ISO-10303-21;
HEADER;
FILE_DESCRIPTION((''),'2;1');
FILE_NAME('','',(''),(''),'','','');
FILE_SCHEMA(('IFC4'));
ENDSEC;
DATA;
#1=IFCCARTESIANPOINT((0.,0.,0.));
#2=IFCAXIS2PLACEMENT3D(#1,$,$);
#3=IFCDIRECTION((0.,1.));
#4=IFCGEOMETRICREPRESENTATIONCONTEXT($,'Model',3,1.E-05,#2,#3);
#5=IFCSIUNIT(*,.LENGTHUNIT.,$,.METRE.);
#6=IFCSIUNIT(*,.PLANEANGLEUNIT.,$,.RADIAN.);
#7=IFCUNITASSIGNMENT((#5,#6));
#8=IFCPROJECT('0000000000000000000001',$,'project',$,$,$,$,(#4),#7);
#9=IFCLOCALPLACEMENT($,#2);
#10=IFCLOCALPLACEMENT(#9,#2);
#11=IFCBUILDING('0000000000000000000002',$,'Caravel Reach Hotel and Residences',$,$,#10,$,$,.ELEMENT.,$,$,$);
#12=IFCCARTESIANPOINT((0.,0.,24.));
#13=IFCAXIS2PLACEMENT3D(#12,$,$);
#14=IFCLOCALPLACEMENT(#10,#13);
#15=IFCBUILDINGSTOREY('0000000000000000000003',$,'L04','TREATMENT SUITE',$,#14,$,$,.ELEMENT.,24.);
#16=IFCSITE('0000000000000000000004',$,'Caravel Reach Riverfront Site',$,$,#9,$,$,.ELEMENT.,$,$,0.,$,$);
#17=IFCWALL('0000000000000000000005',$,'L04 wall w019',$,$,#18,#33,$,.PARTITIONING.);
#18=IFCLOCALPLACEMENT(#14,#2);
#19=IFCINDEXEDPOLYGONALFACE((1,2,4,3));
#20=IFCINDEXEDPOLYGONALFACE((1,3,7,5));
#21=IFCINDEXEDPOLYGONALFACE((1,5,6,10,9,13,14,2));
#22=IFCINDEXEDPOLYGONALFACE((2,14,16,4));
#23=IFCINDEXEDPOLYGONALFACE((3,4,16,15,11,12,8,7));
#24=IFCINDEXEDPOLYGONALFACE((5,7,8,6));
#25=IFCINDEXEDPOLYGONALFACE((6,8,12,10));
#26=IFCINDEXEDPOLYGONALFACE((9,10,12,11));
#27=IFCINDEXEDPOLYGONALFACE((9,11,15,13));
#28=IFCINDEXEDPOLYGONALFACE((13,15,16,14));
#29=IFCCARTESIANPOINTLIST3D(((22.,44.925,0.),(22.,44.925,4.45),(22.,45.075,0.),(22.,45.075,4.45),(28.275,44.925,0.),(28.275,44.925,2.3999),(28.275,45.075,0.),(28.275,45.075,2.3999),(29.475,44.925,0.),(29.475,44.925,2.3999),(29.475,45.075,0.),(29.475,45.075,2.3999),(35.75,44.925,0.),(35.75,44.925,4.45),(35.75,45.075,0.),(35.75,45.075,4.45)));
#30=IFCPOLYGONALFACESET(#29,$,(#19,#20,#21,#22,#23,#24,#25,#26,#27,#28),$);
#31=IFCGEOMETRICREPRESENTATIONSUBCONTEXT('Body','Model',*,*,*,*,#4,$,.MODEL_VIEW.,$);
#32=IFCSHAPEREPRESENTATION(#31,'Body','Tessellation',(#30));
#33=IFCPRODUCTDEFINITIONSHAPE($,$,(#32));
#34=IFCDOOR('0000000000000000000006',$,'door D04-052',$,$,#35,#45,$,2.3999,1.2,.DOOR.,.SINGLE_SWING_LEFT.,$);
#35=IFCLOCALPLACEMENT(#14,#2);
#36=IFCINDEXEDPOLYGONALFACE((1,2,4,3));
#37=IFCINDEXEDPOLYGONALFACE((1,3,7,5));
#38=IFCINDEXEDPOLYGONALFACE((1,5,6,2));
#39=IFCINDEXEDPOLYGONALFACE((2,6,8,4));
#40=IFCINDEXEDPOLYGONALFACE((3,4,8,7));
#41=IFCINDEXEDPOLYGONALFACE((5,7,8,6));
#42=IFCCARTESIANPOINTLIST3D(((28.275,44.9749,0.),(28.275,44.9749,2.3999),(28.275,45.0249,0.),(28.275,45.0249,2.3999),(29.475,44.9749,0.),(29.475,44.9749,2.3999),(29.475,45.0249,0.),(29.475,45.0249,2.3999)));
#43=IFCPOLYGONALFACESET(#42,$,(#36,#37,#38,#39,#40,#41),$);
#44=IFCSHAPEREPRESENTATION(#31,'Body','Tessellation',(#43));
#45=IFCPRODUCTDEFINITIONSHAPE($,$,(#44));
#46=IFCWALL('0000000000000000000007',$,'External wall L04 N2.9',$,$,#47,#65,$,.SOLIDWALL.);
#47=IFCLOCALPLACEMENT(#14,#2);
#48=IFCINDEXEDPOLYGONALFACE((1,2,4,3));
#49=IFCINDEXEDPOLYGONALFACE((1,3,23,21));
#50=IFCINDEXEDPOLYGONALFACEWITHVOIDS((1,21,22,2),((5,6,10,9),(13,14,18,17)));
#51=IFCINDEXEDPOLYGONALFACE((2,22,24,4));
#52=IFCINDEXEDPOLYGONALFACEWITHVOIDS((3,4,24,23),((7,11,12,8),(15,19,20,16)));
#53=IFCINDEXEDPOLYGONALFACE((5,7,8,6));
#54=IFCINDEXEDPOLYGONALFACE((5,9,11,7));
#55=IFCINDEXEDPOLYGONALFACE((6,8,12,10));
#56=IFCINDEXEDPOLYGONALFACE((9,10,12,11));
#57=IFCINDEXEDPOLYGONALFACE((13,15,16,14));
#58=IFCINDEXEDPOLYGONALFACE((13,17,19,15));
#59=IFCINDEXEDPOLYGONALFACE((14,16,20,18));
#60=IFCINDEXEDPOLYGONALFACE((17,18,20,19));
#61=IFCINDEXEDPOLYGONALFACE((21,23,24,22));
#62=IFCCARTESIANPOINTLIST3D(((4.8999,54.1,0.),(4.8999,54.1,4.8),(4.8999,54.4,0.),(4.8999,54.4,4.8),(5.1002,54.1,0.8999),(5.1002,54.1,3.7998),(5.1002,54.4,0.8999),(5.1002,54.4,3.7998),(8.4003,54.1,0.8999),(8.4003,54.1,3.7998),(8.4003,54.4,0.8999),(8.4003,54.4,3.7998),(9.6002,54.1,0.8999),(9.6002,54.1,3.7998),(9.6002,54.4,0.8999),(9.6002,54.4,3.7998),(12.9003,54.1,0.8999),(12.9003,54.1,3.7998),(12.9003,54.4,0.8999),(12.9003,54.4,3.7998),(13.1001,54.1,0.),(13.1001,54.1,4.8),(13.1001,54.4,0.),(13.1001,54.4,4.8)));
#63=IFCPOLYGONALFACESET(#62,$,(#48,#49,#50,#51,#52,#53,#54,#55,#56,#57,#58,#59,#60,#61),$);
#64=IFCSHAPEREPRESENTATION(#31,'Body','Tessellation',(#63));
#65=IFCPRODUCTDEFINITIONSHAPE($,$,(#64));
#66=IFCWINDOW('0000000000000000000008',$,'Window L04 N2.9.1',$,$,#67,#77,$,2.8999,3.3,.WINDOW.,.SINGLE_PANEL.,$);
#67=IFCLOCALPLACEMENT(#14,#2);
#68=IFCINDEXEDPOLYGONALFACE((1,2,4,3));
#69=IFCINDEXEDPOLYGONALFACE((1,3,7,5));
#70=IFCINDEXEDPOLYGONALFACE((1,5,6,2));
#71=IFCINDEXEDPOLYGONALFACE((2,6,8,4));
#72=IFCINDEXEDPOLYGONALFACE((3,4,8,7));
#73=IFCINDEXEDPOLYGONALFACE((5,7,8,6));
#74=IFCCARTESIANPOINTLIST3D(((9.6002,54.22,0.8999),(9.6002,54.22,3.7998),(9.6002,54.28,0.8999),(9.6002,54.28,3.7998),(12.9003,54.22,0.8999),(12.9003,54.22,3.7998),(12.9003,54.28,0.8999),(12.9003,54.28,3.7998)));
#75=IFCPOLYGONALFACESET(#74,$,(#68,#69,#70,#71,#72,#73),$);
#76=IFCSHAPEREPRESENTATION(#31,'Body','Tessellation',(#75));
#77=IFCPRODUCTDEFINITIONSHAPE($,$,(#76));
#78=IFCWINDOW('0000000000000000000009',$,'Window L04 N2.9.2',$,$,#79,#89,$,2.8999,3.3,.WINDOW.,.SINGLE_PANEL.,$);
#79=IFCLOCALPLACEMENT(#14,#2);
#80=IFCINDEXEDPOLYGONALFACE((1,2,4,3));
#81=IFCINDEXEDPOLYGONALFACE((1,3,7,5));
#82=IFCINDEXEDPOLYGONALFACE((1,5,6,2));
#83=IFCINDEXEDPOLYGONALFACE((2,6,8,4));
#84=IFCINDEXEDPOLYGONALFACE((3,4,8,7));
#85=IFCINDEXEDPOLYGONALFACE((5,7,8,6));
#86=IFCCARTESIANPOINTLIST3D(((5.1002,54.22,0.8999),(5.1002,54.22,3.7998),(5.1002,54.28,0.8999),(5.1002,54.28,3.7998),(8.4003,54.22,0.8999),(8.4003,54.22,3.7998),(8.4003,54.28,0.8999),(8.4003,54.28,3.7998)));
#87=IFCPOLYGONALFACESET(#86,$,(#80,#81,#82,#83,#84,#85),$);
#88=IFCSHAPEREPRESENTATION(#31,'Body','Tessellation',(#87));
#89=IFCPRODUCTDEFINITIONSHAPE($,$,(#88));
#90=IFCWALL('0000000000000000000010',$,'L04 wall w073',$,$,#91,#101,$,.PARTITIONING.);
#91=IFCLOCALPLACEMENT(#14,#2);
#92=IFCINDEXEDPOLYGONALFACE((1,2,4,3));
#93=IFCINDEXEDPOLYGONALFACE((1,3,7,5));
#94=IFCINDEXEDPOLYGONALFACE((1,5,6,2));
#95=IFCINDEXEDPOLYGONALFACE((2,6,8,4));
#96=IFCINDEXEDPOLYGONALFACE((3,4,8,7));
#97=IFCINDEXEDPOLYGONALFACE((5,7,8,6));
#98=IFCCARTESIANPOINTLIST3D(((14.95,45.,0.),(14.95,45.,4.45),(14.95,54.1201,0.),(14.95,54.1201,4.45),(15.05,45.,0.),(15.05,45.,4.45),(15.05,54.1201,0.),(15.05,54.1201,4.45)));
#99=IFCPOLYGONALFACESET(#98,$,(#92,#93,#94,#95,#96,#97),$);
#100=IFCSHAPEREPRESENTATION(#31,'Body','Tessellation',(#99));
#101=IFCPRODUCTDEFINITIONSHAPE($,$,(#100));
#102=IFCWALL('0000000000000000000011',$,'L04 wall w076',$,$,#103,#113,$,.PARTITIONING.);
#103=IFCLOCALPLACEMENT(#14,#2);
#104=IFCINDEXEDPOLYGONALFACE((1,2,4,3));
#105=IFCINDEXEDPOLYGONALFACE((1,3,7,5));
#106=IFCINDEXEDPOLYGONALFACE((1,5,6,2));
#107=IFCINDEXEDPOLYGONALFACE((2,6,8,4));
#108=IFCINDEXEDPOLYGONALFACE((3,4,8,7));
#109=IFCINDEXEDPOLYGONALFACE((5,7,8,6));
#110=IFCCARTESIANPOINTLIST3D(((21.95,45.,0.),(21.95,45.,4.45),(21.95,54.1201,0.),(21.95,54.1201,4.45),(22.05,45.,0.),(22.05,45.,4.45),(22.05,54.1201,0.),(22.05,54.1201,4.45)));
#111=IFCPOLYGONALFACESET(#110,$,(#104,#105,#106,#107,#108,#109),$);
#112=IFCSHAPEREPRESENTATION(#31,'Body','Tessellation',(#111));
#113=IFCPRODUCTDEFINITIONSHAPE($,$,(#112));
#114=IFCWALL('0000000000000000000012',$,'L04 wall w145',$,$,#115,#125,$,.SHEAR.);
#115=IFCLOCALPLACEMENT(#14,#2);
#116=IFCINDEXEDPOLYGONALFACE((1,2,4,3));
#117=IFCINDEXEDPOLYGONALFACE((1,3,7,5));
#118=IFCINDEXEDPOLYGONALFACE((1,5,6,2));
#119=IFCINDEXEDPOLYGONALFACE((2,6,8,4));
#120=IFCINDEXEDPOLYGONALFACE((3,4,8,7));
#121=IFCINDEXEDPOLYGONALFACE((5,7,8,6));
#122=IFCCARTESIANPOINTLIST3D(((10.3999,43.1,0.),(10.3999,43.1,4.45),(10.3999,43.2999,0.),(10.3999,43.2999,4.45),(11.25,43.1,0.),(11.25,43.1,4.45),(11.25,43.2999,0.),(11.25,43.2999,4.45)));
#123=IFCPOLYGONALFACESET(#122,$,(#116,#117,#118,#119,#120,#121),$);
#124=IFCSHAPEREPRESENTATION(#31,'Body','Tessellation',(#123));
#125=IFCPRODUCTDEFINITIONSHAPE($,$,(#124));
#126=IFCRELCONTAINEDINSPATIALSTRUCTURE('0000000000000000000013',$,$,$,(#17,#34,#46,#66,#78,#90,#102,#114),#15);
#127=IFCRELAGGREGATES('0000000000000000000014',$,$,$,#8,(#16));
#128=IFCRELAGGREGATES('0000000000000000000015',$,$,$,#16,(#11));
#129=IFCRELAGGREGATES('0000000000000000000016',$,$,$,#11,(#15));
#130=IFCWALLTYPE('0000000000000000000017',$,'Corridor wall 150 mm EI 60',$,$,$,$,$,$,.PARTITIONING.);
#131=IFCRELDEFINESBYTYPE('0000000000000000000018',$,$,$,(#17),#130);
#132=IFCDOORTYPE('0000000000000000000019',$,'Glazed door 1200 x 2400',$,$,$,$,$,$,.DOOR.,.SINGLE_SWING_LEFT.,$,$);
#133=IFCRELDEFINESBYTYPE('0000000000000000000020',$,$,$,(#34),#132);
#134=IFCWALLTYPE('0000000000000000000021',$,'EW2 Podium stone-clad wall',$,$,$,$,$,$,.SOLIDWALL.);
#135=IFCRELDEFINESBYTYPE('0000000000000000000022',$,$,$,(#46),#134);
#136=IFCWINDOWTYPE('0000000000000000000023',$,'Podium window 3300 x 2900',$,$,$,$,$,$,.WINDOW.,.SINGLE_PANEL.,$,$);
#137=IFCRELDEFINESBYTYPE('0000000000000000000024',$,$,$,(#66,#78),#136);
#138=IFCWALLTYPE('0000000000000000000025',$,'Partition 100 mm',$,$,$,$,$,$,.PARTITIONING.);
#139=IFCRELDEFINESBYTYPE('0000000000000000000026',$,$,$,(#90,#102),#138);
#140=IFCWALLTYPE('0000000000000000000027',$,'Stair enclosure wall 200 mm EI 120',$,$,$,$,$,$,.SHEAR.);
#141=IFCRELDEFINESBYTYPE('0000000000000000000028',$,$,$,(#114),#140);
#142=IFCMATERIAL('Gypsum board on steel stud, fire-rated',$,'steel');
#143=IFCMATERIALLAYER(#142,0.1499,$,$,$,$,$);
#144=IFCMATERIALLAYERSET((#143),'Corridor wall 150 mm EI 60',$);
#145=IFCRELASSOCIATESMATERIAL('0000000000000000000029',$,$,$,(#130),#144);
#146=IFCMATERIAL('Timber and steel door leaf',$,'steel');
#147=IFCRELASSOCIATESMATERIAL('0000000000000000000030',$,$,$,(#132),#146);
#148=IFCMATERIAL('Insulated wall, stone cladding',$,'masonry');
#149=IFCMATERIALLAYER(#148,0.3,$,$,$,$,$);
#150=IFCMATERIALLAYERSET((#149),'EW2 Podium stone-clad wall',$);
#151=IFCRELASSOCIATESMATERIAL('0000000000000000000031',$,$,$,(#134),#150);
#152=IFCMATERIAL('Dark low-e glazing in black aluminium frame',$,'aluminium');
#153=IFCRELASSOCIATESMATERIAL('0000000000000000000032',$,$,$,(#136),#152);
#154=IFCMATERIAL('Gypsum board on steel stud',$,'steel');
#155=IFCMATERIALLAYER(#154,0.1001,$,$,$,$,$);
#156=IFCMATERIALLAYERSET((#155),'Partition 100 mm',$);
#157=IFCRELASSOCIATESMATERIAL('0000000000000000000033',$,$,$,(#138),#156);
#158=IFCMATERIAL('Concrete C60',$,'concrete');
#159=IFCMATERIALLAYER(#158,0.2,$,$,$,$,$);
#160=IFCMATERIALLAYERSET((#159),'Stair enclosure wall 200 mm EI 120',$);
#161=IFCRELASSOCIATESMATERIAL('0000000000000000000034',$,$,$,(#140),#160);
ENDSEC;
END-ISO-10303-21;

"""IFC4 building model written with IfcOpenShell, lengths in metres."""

from ifc_helpers import new_model, si_unit, direction, frame, frame_2d, origin, place, context, subcontext, project, spatial, rectangle, extrude, material, layer, layer_set, type_object, element, fill, save


model = new_model("IFC4")

# Units and contexts
model_context = context("Model", 3, precision=1e-05, world=origin(), true_north=direction((0.0, 1.0)))
body_context = subcontext(model_context, "Body", "Model", "MODEL_VIEW")
ifc_project = project(units=[si_unit("LENGTHUNIT", "METRE"), si_unit("PLANEANGLEUNIT", "RADIAN")], contexts=[model_context])

# Site, building, storey
site_placement = place(None, origin())
site = spatial("IfcSite", under=ifc_project, at=site_placement, Name="Caravel Reach Riverfront Site", CompositionType="ELEMENT", RefElevation=0.0)
building_placement = place(site_placement, origin())
building = spatial("IfcBuilding", under=site, at=building_placement, Name="Caravel Reach Hotel and Residences", CompositionType="ELEMENT")
storey_placement = place(building_placement, frame((0.0, 0.0, 24.0)))
storey = spatial("IfcBuildingStorey", under=building, at=storey_placement, Name="L04", Description="TREATMENT SUITE", CompositionType="ELEMENT", Elevation=24.0)

# Wall, opening, door
ifc_material_1 = material(Name="Gypsum board on steel stud, fire-rated", Category="steel")
ifc_layer_1 = layer(ifc_material_1, 0.1499)
ifc_layer_set_1 = layer_set([ifc_layer_1], Name="Corridor wall 150 mm EI 60")
wall_type_1 = type_object("IfcWallType", Name="Corridor wall 150 mm EI 60", PredefinedType="PARTITIONING", material=ifc_layer_set_1)
wall_1_placement = place(storey_placement, frame((22.0, 45.0, 0.0), z_axis=(0.0, 0.0, 1.0), x_axis=(1.0, 0.0, 0.0)))
wall_1 = element("IfcWall", 1, at=wall_1_placement, inside=storey, type_object=wall_type_1, Name="L04 wall w019", PredefinedType="PARTITIONING", context=body_context, shape_type="SweptSolid", body=[
    extrude(rectangle(XDim=13.75, YDim=0.1499, at=frame_2d((6.875, 0.0))), origin(), (0.0, 0.0, 1.0), 4.45),
])
opening_1_placement = place(wall_1_placement, frame((6.2749, 0.0, 0.0)))
opening_1 = element("IfcOpeningElement", 2, at=opening_1_placement, cuts=wall_1, PredefinedType="OPENING", context=body_context, shape_type="SweptSolid", body=[
    extrude(rectangle(XDim=1.2, YDim=2.3999, at=frame_2d((0.6001, 1.2))), frame((0.0, 0.085, 0.0), z_axis=(0.0, -1.0, 0.0), x_axis=(1.0, 0.0, 0.0)), (0.0, 0.0, 1.0), 0.1699),
])
ifc_material_2 = material(Name="Timber and steel door leaf", Category="steel")
door_type_1 = type_object("IfcDoorType", Name="Glazed door 1200 x 2400", OperationType="SINGLE_SWING_LEFT", PredefinedType="DOOR", material=ifc_material_2)
door_1_placement = place(opening_1_placement, origin())
door_1 = element("IfcDoor", 3, at=door_1_placement, inside=storey, type_object=door_type_1, Name="door D04-052", OperationType="SINGLE_SWING_LEFT", OverallHeight=2.3999, OverallWidth=1.2, PredefinedType="DOOR", context=body_context, shape_type="SweptSolid", body=[
    extrude(rectangle(XDim=1.2, YDim=2.3999, at=frame_2d((0.6001, 1.2))), frame((0.0, 0.0249, 0.0), z_axis=(0.0, -1.0, 0.0), x_axis=(1.0, 0.0, 0.0)), (0.0, 0.0, 1.0), 0.05),
])
fill(opening_1, door_1)

# Wall, openings, windows
ifc_material_3 = material(Name="Insulated wall, stone cladding", Category="masonry")
ifc_layer_2 = layer(ifc_material_3, 0.3)
ifc_layer_set_2 = layer_set([ifc_layer_2], Name="EW2 Podium stone-clad wall")
wall_type_2 = type_object("IfcWallType", Name="EW2 Podium stone-clad wall", PredefinedType="SOLIDWALL", material=ifc_layer_set_2)
wall_2_placement = place(storey_placement, frame((13.1001, 54.25, 0.0), z_axis=(0.0, 0.0, 1.0), x_axis=(-1.0, 0.0, 0.0)))
wall_2 = element("IfcWall", 4, at=wall_2_placement, inside=storey, type_object=wall_type_2, Name="External wall L04 N2.9", PredefinedType="SOLIDWALL", context=body_context, shape_type="SweptSolid", body=[
    extrude(rectangle(XDim=8.2002, YDim=0.3, at=frame_2d((4.1001, 0.0))), origin(), (0.0, 0.0, 1.0), 4.8),
])
opening_2_placement = place(wall_2_placement, frame((0.2, 0.0, 0.8999)))
opening_2 = element("IfcOpeningElement", 5, at=opening_2_placement, cuts=wall_2, PredefinedType="OPENING", context=body_context, shape_type="SweptSolid", body=[
    extrude(rectangle(XDim=3.3, YDim=2.8999, at=frame_2d((1.6499, 1.45))), frame((0.0, 0.1599, 0.0), z_axis=(0.0, -1.0, 0.0), x_axis=(1.0, 0.0, 0.0)), (0.0, 0.0, 1.0), 0.3201),
])
opening_3_placement = place(wall_2_placement, frame((4.7, 0.0, 0.8999)))
opening_3 = element("IfcOpeningElement", 6, at=opening_3_placement, cuts=wall_2, PredefinedType="OPENING", context=body_context, shape_type="SweptSolid", body=[
    extrude(rectangle(XDim=3.3, YDim=2.8999, at=frame_2d((1.6499, 1.45))), frame((0.0, 0.1599, 0.0), z_axis=(0.0, -1.0, 0.0), x_axis=(1.0, 0.0, 0.0)), (0.0, 0.0, 1.0), 0.3201),
])
ifc_material_4 = material(Name="Dark low-e glazing in black aluminium frame", Category="aluminium")
window_type = type_object("IfcWindowType", Name="Podium window 3300 x 2900", PartitioningType="SINGLE_PANEL", PredefinedType="WINDOW", material=ifc_material_4)
window_1_placement = place(opening_2_placement, origin())
window_1 = element("IfcWindow", 7, at=window_1_placement, inside=storey, type_object=window_type, Name="Window L04 N2.9.1", OverallHeight=2.8999, OverallWidth=3.3, PartitioningType="SINGLE_PANEL", PredefinedType="WINDOW", context=body_context, shape_type="SweptSolid", body=[
    extrude(rectangle(XDim=3.3, YDim=2.8999, at=frame_2d((1.6499, 1.45))), frame((0.0, 0.03, 0.0), z_axis=(0.0, -1.0, 0.0), x_axis=(1.0, 0.0, 0.0)), (0.0, 0.0, 1.0), 0.0601),
])
fill(opening_2, window_1)
window_2_placement = place(opening_3_placement, origin())
window_2 = element("IfcWindow", 8, at=window_2_placement, inside=storey, type_object=window_type, Name="Window L04 N2.9.2", OverallHeight=2.8999, OverallWidth=3.3, PartitioningType="SINGLE_PANEL", PredefinedType="WINDOW", context=body_context, shape_type="SweptSolid", body=[
    extrude(rectangle(XDim=3.3, YDim=2.8999, at=frame_2d((1.6499, 1.45))), frame((0.0, 0.03, 0.0), z_axis=(0.0, -1.0, 0.0), x_axis=(1.0, 0.0, 0.0)), (0.0, 0.0, 1.0), 0.0601),
])
fill(opening_3, window_2)

# Walls
ifc_material_5 = material(Name="Gypsum board on steel stud", Category="steel")
ifc_layer_3 = layer(ifc_material_5, 0.1001)
ifc_layer_set_3 = layer_set([ifc_layer_3], Name="Partition 100 mm")
wall_type_3 = type_object("IfcWallType", Name="Partition 100 mm", PredefinedType="PARTITIONING", material=ifc_layer_set_3)
for number, where, z_axis, x_axis, name in (
    (9, (15.0, 45.0, 0.0), (0.0, 0.0, 1.0), (0.0, 1.0, 0.0), "L04 wall w073"),
    (10, (22.0, 45.0, 0.0), (0.0, 0.0, 1.0), (0.0, 1.0, 0.0), "L04 wall w076"),
):
    element("IfcWall", number, at=place(storey_placement, frame(where, z_axis=z_axis, x_axis=x_axis)), inside=storey, type_object=wall_type_3, Name=name, PredefinedType="PARTITIONING", context=body_context, shape_type="SweptSolid", body=[
        extrude(rectangle(XDim=9.1201, YDim=0.1001, at=frame_2d((4.5601, 0.0))), origin(), (0.0, 0.0, 1.0), 4.45),
    ])
ifc_material_6 = material(Name="Concrete C60", Category="concrete")
ifc_layer_4 = layer(ifc_material_6, 0.2)
ifc_layer_set_4 = layer_set([ifc_layer_4], Name="Stair enclosure wall 200 mm EI 120")
wall_type_4 = type_object("IfcWallType", Name="Stair enclosure wall 200 mm EI 120", PredefinedType="SHEAR", material=ifc_layer_set_4)
wall_3_placement = place(storey_placement, frame((10.3999, 43.2, 0.0), z_axis=(0.0, 0.0, 1.0), x_axis=(1.0, 0.0, 0.0)))
element("IfcWall", 11, at=wall_3_placement, inside=storey, type_object=wall_type_4, Name="L04 wall w145", PredefinedType="SHEAR", context=body_context, shape_type="SweptSolid", body=[
    extrude(rectangle(XDim=0.8501, YDim=0.2, at=frame_2d((0.425, 0.0))), origin(), (0.0, 0.0, 1.0), 4.45),
])

save(model, "model.ifc")
